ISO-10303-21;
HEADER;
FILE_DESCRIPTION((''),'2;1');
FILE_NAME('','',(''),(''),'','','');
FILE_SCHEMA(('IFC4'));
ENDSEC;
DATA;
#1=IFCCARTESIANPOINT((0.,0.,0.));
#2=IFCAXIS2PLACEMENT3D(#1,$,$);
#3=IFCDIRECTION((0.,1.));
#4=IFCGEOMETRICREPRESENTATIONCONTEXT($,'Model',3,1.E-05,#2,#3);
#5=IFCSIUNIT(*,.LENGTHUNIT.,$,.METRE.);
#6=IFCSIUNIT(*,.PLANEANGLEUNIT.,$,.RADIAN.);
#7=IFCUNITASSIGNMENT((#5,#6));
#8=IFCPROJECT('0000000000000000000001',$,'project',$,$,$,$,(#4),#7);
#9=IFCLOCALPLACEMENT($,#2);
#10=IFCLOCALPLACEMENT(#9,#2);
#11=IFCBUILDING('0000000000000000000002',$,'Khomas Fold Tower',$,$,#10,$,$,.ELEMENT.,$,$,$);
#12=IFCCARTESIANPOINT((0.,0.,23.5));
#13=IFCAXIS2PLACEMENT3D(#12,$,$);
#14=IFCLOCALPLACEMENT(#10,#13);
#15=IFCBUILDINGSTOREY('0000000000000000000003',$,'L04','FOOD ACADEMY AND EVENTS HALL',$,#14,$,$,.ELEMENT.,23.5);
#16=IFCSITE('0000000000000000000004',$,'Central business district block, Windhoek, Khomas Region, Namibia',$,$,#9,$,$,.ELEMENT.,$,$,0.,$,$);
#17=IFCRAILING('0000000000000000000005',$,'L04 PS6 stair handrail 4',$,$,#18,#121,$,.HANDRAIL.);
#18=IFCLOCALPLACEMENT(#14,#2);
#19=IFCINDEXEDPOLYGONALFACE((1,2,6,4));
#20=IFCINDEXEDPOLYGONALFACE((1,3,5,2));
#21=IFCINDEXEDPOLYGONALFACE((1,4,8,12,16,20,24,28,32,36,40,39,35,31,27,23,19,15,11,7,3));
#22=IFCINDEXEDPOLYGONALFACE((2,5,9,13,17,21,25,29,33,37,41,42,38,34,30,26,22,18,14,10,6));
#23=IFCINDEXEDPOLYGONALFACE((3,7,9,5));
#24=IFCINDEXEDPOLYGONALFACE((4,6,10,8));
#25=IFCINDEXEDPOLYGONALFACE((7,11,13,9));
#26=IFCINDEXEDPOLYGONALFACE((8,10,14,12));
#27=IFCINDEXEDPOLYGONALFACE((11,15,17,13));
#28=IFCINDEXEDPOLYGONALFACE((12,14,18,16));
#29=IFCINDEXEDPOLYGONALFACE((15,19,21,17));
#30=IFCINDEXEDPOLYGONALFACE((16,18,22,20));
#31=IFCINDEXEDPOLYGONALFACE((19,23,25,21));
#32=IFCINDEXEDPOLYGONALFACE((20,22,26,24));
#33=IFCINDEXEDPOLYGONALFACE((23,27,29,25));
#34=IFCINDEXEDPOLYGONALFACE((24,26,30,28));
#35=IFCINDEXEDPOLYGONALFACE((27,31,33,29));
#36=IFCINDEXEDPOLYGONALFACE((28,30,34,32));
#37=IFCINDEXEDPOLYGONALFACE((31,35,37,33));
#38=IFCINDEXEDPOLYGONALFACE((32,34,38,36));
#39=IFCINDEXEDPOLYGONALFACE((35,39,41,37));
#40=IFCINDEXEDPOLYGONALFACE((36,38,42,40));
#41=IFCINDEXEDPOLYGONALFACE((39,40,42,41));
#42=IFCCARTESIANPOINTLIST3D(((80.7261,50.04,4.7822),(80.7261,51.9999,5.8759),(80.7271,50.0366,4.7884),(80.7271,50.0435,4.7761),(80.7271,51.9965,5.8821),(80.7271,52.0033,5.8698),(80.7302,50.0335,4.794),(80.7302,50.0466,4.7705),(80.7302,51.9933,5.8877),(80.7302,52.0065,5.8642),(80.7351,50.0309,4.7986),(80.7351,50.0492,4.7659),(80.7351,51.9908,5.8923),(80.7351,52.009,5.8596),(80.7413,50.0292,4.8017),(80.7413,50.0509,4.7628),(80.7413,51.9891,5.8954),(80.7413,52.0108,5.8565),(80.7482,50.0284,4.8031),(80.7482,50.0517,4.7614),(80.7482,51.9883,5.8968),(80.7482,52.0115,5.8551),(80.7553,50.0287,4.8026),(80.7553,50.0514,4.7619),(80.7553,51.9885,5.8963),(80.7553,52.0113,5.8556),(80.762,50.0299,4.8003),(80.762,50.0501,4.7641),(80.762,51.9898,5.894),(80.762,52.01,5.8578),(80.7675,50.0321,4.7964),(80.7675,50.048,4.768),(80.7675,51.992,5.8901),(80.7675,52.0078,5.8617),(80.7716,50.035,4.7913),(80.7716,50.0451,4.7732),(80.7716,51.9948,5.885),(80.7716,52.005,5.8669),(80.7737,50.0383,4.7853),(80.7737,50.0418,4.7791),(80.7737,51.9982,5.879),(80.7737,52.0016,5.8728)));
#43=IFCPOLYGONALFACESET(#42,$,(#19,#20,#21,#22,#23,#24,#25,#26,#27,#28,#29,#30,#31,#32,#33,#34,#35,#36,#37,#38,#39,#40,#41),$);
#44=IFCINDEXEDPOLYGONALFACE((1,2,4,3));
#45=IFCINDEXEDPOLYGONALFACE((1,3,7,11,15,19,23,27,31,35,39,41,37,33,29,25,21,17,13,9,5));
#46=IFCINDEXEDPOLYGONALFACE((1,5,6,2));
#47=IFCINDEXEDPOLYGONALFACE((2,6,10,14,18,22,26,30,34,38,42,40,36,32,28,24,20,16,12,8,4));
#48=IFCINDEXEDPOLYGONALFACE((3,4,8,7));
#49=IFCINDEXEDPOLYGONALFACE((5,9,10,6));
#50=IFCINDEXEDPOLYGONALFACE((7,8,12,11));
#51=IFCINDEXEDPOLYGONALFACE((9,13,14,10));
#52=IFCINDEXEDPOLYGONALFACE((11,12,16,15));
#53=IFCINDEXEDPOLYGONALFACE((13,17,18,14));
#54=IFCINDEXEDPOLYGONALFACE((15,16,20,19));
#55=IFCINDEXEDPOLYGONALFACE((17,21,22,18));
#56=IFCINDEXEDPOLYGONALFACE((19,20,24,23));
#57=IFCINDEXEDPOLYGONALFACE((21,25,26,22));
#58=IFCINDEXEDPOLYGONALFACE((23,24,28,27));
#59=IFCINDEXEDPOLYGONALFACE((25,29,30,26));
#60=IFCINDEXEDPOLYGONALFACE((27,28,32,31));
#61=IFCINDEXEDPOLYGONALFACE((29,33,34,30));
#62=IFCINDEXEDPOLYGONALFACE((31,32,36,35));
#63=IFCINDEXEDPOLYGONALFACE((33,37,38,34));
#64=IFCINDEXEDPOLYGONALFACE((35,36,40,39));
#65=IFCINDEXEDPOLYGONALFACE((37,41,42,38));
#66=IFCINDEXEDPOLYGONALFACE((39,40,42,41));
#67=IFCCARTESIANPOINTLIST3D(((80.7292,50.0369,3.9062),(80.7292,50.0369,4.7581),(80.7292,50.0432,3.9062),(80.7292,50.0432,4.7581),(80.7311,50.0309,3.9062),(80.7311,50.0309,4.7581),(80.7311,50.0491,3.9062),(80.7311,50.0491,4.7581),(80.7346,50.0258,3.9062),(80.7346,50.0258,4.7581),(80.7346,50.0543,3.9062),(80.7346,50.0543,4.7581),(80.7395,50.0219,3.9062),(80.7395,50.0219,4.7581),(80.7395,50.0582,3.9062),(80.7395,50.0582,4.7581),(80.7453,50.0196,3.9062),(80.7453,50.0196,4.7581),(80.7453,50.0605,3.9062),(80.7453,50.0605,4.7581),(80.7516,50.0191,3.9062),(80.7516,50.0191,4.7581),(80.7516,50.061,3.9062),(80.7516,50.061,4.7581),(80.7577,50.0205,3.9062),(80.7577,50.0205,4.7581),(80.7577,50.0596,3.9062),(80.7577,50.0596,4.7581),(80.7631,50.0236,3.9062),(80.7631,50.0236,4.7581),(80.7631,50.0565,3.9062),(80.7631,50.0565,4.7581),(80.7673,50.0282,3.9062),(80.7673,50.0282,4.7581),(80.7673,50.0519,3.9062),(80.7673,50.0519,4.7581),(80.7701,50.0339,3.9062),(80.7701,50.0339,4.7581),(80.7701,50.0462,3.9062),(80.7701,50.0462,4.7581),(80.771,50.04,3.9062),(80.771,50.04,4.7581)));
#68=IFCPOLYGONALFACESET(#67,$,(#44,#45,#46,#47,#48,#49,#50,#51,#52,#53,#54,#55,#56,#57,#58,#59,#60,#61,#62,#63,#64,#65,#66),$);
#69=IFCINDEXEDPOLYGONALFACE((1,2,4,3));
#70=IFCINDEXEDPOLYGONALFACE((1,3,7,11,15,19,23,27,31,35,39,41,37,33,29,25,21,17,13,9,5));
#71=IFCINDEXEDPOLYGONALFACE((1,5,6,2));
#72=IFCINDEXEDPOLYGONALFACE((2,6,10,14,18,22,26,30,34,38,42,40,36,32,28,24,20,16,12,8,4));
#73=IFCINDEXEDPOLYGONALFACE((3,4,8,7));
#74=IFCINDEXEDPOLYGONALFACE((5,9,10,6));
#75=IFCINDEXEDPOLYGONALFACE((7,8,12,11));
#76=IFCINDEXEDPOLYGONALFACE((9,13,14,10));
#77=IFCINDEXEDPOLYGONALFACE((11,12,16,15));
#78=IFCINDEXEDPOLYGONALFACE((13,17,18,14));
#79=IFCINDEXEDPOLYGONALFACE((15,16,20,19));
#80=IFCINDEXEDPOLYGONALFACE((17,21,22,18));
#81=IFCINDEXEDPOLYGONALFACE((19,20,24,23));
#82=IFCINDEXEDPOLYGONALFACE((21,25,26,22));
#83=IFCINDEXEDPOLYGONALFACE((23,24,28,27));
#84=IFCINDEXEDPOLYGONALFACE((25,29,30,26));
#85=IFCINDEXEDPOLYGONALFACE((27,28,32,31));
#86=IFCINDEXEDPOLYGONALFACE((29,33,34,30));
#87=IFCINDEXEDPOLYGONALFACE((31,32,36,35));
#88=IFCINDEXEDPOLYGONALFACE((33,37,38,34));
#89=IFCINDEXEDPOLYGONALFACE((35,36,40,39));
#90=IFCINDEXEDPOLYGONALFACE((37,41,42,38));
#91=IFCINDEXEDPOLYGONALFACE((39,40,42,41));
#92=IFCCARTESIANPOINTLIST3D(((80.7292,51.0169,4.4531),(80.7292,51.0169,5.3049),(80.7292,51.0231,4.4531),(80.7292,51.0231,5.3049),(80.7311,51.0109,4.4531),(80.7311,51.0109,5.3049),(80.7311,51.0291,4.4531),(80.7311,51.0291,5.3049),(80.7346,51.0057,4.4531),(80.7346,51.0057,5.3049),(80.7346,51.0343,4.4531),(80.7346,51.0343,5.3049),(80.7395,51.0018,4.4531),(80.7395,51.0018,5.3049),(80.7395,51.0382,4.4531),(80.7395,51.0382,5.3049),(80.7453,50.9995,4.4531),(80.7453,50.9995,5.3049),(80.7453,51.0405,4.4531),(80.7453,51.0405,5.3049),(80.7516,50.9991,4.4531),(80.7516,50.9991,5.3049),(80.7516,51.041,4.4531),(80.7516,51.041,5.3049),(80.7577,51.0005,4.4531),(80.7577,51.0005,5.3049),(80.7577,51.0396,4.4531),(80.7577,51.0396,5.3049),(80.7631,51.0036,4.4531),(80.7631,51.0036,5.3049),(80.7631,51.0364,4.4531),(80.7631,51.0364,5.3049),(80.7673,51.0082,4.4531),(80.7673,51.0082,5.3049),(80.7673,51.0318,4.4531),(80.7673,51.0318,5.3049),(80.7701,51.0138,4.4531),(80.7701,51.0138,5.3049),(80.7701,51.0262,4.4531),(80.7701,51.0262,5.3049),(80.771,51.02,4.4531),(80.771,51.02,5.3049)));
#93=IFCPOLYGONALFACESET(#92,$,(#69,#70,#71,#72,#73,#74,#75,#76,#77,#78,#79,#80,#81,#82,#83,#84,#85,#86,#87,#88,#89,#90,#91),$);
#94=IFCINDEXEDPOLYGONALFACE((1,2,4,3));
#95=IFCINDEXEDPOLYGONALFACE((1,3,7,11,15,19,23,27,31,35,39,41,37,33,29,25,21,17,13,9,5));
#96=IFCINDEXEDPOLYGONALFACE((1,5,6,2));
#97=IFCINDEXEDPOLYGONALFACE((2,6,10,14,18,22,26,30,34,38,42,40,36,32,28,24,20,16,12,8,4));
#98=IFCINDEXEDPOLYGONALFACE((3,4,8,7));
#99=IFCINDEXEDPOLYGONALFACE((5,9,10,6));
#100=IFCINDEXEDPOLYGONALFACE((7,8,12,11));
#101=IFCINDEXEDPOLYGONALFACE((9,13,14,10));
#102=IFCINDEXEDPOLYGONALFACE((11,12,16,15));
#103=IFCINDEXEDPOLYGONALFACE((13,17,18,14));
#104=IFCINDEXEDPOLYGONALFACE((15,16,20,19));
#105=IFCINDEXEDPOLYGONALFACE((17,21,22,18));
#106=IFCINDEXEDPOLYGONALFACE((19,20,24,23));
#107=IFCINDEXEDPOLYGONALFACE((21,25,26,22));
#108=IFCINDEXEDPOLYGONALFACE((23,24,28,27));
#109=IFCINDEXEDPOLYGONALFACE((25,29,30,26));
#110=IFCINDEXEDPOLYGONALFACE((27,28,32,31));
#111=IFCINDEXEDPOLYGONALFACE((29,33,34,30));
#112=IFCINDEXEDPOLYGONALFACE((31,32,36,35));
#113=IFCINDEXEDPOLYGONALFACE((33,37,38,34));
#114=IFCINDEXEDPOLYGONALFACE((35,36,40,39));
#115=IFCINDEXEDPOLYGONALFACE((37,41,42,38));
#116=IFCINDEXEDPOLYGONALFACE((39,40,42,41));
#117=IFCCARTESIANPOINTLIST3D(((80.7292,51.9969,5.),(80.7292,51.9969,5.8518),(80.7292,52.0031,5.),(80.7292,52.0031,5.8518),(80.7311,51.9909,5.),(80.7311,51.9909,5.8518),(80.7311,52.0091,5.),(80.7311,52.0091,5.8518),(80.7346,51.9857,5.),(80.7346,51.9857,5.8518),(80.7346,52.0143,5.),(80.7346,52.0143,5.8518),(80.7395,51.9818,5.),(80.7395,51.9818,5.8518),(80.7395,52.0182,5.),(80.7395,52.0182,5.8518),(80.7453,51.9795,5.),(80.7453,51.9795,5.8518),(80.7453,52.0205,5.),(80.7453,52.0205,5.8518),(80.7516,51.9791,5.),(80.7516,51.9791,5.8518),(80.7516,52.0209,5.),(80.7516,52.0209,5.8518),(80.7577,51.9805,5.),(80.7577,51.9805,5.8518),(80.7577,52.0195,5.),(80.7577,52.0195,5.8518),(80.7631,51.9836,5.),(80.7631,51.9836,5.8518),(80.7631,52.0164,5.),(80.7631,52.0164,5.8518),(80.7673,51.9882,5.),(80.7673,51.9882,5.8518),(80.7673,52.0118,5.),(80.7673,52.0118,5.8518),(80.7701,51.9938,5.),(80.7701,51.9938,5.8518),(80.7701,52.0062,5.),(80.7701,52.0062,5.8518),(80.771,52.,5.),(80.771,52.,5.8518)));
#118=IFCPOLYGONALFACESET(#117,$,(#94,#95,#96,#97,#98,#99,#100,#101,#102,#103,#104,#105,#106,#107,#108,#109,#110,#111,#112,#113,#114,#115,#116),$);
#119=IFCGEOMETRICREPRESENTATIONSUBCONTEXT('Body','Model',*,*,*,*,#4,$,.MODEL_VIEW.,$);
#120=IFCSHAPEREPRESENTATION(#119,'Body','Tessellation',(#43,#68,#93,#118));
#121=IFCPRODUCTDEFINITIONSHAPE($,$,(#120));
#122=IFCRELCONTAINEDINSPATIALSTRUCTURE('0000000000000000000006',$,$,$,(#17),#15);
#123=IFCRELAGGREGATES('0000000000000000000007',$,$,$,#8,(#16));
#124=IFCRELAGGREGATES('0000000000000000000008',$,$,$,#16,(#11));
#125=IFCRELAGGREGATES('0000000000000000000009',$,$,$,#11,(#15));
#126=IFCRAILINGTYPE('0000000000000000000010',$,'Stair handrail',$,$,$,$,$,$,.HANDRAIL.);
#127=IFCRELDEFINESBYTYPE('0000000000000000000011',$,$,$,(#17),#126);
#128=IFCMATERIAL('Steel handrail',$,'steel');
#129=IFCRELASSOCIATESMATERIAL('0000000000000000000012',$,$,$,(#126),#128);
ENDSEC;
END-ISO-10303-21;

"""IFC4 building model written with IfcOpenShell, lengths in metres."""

from ifc_helpers import new_model, si_unit, direction, frame, origin, origin_2d, place, context, subcontext, project, spatial, circle, extrude, source, transform, mapped, material, type_object, element, save


model = new_model("IFC4")

# Units and contexts
model_context = context("Model", 3, precision=1e-05, world=origin(), true_north=direction((0.0, 1.0)))
body_context = subcontext(model_context, "Body", "Model", "MODEL_VIEW")
ifc_project = project(units=[si_unit("LENGTHUNIT", "METRE"), si_unit("PLANEANGLEUNIT", "RADIAN")], contexts=[model_context])

# Site, building, storey
site_placement = place(None, origin())
site = spatial("IfcSite", under=ifc_project, at=site_placement, Name="Central business district block, Windhoek, Khomas Region, Namibia", CompositionType="ELEMENT", RefElevation=0.0)
building_placement = place(site_placement, origin())
building = spatial("IfcBuilding", under=site, at=building_placement, Name="Khomas Fold Tower", CompositionType="ELEMENT")
storey_placement = place(building_placement, frame((0.0, 0.0, 23.5)))
storey = spatial("IfcBuildingStorey", under=building, at=storey_placement, Name="L04", Description="FOOD ACADEMY AND EVENTS HALL", CompositionType="ELEMENT", Elevation=23.5)

# Railing
ifc_material_1 = material(Name="Steel handrail", Category="steel")
railing_type_1 = type_object("IfcRailingType", Name="Stair handrail", PredefinedType="HANDRAIL", material=ifc_material_1)
shared_shape_1 = source(origin(), body_context, "Body", "SweptSolid", [
    extrude(circle(Radius=0.0239, at=origin_2d()), frame((0.0, 0.0, 0.876), z_axis=(0.0, 0.873232, 0.487304), x_axis=(-1.0, 0.0, 0.0)), (0.0, 0.0, 1.0), 2.2444),
    extrude(circle(Radius=0.021, at=origin_2d()), origin(), (0.0, 0.0, 1.0), 0.8518),
    extrude(circle(Radius=0.021, at=origin_2d()), frame((0.0, 0.98, 0.5469)), (0.0, 0.0, 1.0), 0.8518),
    extrude(circle(Radius=0.021, at=origin_2d()), frame((0.0, 1.96, 1.0938)), (0.0, 0.0, 1.0), 0.8518),
])
for number, where, name in (
    (1, (80.75, 50.04, 3.9062), "L04 PS6 stair handrail 4"),
):
    element("IfcRailing", number, at=place(storey_placement, frame(where)), inside=storey, type_object=railing_type_1, Name=name, PredefinedType="HANDRAIL", context=body_context, shape_type="MappedRepresentation", body=[
        mapped(shared_shape_1, transform((0.0, 0.0, 0.0))),
    ])

save(model, "model.ifc")
